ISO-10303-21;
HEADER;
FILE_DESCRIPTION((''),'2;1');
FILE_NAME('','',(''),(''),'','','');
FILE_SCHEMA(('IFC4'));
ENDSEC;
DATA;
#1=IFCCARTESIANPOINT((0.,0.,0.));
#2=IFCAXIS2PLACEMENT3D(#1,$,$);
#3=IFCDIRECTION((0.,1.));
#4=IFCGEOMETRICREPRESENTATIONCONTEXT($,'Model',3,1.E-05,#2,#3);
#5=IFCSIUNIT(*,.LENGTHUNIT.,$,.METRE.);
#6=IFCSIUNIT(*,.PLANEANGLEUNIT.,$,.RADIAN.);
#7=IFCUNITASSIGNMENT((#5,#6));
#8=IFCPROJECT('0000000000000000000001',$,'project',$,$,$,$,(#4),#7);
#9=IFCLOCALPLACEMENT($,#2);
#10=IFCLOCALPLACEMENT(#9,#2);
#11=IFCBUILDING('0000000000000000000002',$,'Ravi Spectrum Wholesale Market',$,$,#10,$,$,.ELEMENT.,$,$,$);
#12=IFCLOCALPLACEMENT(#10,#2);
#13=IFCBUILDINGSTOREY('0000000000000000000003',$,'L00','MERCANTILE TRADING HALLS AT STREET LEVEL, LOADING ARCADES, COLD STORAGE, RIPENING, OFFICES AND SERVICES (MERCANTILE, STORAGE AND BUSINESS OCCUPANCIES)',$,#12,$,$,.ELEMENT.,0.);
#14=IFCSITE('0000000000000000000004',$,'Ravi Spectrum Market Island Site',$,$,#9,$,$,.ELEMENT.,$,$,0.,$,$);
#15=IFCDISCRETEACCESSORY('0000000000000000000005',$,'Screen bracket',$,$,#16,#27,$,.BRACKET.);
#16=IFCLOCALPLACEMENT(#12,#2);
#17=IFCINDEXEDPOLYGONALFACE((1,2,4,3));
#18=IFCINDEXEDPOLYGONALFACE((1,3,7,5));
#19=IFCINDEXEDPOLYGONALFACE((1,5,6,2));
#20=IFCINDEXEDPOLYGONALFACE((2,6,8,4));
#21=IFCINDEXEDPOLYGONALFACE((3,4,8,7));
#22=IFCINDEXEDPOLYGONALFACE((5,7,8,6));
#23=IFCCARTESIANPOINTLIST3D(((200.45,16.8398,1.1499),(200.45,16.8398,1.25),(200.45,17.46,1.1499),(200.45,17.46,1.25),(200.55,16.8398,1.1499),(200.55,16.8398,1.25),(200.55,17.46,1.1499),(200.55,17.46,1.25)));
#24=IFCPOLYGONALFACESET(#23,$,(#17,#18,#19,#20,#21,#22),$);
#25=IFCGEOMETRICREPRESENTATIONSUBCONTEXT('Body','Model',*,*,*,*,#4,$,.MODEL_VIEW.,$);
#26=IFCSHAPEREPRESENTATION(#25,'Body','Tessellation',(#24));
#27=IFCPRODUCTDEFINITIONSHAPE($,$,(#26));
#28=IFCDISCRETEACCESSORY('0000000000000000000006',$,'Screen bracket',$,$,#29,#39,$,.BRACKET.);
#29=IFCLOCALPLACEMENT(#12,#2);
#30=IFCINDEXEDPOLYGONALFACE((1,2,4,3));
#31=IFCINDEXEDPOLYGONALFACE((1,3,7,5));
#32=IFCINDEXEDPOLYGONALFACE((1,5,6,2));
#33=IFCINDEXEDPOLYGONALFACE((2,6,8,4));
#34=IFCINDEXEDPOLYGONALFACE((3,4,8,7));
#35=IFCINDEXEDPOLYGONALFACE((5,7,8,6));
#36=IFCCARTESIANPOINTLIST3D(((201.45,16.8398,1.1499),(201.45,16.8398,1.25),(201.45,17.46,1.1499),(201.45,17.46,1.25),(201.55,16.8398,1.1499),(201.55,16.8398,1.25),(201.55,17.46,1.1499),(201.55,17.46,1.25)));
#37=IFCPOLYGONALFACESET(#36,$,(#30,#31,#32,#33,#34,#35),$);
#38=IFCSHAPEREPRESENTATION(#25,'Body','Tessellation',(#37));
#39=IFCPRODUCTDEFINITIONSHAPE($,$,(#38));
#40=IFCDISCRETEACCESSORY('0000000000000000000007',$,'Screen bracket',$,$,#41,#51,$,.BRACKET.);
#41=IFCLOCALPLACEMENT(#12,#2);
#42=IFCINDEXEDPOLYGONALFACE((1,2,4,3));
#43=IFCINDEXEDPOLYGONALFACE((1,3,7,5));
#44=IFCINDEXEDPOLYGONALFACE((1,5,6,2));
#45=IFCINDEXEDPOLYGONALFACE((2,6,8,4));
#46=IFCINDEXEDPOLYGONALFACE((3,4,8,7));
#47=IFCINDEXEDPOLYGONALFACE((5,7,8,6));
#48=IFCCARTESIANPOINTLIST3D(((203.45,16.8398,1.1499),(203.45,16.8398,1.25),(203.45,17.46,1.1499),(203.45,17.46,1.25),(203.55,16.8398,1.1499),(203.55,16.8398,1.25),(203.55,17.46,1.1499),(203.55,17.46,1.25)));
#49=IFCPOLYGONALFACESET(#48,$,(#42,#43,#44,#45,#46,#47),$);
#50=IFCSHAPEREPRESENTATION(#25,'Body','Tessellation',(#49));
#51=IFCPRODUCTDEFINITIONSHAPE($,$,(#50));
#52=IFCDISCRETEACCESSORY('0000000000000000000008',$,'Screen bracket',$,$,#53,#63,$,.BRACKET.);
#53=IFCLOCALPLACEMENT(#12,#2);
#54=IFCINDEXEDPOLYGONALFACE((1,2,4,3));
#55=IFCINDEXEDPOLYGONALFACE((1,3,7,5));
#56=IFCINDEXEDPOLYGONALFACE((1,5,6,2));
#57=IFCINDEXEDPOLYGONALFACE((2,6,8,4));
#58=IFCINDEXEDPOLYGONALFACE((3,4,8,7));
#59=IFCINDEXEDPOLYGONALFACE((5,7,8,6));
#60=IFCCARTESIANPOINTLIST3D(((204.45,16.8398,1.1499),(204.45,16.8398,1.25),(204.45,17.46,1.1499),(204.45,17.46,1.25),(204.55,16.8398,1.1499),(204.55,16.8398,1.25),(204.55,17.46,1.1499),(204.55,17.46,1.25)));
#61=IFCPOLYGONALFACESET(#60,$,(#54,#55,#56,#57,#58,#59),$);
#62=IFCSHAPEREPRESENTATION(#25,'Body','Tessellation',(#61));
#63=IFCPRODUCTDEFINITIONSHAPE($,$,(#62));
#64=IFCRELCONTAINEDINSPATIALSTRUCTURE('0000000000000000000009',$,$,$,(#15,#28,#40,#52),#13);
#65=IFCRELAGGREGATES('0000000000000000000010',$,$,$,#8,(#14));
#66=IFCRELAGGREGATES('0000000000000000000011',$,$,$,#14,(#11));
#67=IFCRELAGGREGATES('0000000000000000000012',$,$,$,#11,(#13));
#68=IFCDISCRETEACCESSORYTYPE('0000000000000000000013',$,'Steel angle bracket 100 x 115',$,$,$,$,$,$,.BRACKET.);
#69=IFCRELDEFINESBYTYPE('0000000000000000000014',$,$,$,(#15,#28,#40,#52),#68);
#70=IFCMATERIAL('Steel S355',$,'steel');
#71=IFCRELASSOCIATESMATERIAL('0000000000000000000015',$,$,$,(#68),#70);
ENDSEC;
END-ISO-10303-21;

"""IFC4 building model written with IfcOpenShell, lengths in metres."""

from ifc_helpers import new_model, si_unit, direction, frame, origin, origin_2d, place, context, subcontext, project, spatial, rectangle, extrude, material, type_object, element, save


model = new_model("IFC4")

# Units and contexts
model_context = context("Model", 3, precision=1e-05, world=origin(), true_north=direction((0.0, 1.0)))
body_context = subcontext(model_context, "Body", "Model", "MODEL_VIEW")
ifc_project = project(units=[si_unit("LENGTHUNIT", "METRE"), si_unit("PLANEANGLEUNIT", "RADIAN")], contexts=[model_context])

# Site, building, storey
site_placement = place(None, origin())
site = spatial("IfcSite", under=ifc_project, at=site_placement, Name="Ravi Spectrum Market Island Site", CompositionType="ELEMENT", RefElevation=0.0)
building_placement = place(site_placement, origin())
building = spatial("IfcBuilding", under=site, at=building_placement, Name="Ravi Spectrum Wholesale Market", CompositionType="ELEMENT")
storey_placement = place(building_placement, origin())
storey = spatial("IfcBuildingStorey", under=building, at=storey_placement, Name="L00", Description="MERCANTILE TRADING HALLS AT STREET LEVEL, LOADING ARCADES, COLD STORAGE, RIPENING, OFFICES AND SERVICES (MERCANTILE, STORAGE AND BUSINESS OCCUPANCIES)", CompositionType="ELEMENT", Elevation=0.0)

# Discrete accessories
ifc_material_1 = material(Name="Steel S355", Category="steel")
discrete_accessory_type = type_object("IfcDiscreteAccessoryType", Name="Steel angle bracket 100 x 115", PredefinedType="BRACKET", material=ifc_material_1)
for number, where, z_axis, x_axis, name in (
    (1, (200.5, 17.1499, 1.1499), (0.0, 0.0, 1.0), (1.0, 0.0, 0.0), "Screen bracket"),
    (2, (201.5, 17.1499, 1.1499), (0.0, 0.0, 1.0), (1.0, 0.0, 0.0), "Screen bracket"),
    (3, (203.5, 17.1499, 1.1499), (0.0, 0.0, 1.0), (1.0, 0.0, 0.0), "Screen bracket"),
    (4, (204.5, 17.1499, 1.1499), (0.0, 0.0, 1.0), (1.0, 0.0, 0.0), "Screen bracket"),
):
    element("IfcDiscreteAccessory", number, at=place(storey_placement, frame(where, z_axis=z_axis, x_axis=x_axis)), inside=storey, type_object=discrete_accessory_type, Name=name, PredefinedType="BRACKET", context=body_context, shape_type="SweptSolid", body=[
        extrude(rectangle(XDim=0.1001, YDim=0.6201, at=origin_2d()), origin(), (0.0, 0.0, 1.0), 0.1001),
    ])

save(model, "model.ifc")
